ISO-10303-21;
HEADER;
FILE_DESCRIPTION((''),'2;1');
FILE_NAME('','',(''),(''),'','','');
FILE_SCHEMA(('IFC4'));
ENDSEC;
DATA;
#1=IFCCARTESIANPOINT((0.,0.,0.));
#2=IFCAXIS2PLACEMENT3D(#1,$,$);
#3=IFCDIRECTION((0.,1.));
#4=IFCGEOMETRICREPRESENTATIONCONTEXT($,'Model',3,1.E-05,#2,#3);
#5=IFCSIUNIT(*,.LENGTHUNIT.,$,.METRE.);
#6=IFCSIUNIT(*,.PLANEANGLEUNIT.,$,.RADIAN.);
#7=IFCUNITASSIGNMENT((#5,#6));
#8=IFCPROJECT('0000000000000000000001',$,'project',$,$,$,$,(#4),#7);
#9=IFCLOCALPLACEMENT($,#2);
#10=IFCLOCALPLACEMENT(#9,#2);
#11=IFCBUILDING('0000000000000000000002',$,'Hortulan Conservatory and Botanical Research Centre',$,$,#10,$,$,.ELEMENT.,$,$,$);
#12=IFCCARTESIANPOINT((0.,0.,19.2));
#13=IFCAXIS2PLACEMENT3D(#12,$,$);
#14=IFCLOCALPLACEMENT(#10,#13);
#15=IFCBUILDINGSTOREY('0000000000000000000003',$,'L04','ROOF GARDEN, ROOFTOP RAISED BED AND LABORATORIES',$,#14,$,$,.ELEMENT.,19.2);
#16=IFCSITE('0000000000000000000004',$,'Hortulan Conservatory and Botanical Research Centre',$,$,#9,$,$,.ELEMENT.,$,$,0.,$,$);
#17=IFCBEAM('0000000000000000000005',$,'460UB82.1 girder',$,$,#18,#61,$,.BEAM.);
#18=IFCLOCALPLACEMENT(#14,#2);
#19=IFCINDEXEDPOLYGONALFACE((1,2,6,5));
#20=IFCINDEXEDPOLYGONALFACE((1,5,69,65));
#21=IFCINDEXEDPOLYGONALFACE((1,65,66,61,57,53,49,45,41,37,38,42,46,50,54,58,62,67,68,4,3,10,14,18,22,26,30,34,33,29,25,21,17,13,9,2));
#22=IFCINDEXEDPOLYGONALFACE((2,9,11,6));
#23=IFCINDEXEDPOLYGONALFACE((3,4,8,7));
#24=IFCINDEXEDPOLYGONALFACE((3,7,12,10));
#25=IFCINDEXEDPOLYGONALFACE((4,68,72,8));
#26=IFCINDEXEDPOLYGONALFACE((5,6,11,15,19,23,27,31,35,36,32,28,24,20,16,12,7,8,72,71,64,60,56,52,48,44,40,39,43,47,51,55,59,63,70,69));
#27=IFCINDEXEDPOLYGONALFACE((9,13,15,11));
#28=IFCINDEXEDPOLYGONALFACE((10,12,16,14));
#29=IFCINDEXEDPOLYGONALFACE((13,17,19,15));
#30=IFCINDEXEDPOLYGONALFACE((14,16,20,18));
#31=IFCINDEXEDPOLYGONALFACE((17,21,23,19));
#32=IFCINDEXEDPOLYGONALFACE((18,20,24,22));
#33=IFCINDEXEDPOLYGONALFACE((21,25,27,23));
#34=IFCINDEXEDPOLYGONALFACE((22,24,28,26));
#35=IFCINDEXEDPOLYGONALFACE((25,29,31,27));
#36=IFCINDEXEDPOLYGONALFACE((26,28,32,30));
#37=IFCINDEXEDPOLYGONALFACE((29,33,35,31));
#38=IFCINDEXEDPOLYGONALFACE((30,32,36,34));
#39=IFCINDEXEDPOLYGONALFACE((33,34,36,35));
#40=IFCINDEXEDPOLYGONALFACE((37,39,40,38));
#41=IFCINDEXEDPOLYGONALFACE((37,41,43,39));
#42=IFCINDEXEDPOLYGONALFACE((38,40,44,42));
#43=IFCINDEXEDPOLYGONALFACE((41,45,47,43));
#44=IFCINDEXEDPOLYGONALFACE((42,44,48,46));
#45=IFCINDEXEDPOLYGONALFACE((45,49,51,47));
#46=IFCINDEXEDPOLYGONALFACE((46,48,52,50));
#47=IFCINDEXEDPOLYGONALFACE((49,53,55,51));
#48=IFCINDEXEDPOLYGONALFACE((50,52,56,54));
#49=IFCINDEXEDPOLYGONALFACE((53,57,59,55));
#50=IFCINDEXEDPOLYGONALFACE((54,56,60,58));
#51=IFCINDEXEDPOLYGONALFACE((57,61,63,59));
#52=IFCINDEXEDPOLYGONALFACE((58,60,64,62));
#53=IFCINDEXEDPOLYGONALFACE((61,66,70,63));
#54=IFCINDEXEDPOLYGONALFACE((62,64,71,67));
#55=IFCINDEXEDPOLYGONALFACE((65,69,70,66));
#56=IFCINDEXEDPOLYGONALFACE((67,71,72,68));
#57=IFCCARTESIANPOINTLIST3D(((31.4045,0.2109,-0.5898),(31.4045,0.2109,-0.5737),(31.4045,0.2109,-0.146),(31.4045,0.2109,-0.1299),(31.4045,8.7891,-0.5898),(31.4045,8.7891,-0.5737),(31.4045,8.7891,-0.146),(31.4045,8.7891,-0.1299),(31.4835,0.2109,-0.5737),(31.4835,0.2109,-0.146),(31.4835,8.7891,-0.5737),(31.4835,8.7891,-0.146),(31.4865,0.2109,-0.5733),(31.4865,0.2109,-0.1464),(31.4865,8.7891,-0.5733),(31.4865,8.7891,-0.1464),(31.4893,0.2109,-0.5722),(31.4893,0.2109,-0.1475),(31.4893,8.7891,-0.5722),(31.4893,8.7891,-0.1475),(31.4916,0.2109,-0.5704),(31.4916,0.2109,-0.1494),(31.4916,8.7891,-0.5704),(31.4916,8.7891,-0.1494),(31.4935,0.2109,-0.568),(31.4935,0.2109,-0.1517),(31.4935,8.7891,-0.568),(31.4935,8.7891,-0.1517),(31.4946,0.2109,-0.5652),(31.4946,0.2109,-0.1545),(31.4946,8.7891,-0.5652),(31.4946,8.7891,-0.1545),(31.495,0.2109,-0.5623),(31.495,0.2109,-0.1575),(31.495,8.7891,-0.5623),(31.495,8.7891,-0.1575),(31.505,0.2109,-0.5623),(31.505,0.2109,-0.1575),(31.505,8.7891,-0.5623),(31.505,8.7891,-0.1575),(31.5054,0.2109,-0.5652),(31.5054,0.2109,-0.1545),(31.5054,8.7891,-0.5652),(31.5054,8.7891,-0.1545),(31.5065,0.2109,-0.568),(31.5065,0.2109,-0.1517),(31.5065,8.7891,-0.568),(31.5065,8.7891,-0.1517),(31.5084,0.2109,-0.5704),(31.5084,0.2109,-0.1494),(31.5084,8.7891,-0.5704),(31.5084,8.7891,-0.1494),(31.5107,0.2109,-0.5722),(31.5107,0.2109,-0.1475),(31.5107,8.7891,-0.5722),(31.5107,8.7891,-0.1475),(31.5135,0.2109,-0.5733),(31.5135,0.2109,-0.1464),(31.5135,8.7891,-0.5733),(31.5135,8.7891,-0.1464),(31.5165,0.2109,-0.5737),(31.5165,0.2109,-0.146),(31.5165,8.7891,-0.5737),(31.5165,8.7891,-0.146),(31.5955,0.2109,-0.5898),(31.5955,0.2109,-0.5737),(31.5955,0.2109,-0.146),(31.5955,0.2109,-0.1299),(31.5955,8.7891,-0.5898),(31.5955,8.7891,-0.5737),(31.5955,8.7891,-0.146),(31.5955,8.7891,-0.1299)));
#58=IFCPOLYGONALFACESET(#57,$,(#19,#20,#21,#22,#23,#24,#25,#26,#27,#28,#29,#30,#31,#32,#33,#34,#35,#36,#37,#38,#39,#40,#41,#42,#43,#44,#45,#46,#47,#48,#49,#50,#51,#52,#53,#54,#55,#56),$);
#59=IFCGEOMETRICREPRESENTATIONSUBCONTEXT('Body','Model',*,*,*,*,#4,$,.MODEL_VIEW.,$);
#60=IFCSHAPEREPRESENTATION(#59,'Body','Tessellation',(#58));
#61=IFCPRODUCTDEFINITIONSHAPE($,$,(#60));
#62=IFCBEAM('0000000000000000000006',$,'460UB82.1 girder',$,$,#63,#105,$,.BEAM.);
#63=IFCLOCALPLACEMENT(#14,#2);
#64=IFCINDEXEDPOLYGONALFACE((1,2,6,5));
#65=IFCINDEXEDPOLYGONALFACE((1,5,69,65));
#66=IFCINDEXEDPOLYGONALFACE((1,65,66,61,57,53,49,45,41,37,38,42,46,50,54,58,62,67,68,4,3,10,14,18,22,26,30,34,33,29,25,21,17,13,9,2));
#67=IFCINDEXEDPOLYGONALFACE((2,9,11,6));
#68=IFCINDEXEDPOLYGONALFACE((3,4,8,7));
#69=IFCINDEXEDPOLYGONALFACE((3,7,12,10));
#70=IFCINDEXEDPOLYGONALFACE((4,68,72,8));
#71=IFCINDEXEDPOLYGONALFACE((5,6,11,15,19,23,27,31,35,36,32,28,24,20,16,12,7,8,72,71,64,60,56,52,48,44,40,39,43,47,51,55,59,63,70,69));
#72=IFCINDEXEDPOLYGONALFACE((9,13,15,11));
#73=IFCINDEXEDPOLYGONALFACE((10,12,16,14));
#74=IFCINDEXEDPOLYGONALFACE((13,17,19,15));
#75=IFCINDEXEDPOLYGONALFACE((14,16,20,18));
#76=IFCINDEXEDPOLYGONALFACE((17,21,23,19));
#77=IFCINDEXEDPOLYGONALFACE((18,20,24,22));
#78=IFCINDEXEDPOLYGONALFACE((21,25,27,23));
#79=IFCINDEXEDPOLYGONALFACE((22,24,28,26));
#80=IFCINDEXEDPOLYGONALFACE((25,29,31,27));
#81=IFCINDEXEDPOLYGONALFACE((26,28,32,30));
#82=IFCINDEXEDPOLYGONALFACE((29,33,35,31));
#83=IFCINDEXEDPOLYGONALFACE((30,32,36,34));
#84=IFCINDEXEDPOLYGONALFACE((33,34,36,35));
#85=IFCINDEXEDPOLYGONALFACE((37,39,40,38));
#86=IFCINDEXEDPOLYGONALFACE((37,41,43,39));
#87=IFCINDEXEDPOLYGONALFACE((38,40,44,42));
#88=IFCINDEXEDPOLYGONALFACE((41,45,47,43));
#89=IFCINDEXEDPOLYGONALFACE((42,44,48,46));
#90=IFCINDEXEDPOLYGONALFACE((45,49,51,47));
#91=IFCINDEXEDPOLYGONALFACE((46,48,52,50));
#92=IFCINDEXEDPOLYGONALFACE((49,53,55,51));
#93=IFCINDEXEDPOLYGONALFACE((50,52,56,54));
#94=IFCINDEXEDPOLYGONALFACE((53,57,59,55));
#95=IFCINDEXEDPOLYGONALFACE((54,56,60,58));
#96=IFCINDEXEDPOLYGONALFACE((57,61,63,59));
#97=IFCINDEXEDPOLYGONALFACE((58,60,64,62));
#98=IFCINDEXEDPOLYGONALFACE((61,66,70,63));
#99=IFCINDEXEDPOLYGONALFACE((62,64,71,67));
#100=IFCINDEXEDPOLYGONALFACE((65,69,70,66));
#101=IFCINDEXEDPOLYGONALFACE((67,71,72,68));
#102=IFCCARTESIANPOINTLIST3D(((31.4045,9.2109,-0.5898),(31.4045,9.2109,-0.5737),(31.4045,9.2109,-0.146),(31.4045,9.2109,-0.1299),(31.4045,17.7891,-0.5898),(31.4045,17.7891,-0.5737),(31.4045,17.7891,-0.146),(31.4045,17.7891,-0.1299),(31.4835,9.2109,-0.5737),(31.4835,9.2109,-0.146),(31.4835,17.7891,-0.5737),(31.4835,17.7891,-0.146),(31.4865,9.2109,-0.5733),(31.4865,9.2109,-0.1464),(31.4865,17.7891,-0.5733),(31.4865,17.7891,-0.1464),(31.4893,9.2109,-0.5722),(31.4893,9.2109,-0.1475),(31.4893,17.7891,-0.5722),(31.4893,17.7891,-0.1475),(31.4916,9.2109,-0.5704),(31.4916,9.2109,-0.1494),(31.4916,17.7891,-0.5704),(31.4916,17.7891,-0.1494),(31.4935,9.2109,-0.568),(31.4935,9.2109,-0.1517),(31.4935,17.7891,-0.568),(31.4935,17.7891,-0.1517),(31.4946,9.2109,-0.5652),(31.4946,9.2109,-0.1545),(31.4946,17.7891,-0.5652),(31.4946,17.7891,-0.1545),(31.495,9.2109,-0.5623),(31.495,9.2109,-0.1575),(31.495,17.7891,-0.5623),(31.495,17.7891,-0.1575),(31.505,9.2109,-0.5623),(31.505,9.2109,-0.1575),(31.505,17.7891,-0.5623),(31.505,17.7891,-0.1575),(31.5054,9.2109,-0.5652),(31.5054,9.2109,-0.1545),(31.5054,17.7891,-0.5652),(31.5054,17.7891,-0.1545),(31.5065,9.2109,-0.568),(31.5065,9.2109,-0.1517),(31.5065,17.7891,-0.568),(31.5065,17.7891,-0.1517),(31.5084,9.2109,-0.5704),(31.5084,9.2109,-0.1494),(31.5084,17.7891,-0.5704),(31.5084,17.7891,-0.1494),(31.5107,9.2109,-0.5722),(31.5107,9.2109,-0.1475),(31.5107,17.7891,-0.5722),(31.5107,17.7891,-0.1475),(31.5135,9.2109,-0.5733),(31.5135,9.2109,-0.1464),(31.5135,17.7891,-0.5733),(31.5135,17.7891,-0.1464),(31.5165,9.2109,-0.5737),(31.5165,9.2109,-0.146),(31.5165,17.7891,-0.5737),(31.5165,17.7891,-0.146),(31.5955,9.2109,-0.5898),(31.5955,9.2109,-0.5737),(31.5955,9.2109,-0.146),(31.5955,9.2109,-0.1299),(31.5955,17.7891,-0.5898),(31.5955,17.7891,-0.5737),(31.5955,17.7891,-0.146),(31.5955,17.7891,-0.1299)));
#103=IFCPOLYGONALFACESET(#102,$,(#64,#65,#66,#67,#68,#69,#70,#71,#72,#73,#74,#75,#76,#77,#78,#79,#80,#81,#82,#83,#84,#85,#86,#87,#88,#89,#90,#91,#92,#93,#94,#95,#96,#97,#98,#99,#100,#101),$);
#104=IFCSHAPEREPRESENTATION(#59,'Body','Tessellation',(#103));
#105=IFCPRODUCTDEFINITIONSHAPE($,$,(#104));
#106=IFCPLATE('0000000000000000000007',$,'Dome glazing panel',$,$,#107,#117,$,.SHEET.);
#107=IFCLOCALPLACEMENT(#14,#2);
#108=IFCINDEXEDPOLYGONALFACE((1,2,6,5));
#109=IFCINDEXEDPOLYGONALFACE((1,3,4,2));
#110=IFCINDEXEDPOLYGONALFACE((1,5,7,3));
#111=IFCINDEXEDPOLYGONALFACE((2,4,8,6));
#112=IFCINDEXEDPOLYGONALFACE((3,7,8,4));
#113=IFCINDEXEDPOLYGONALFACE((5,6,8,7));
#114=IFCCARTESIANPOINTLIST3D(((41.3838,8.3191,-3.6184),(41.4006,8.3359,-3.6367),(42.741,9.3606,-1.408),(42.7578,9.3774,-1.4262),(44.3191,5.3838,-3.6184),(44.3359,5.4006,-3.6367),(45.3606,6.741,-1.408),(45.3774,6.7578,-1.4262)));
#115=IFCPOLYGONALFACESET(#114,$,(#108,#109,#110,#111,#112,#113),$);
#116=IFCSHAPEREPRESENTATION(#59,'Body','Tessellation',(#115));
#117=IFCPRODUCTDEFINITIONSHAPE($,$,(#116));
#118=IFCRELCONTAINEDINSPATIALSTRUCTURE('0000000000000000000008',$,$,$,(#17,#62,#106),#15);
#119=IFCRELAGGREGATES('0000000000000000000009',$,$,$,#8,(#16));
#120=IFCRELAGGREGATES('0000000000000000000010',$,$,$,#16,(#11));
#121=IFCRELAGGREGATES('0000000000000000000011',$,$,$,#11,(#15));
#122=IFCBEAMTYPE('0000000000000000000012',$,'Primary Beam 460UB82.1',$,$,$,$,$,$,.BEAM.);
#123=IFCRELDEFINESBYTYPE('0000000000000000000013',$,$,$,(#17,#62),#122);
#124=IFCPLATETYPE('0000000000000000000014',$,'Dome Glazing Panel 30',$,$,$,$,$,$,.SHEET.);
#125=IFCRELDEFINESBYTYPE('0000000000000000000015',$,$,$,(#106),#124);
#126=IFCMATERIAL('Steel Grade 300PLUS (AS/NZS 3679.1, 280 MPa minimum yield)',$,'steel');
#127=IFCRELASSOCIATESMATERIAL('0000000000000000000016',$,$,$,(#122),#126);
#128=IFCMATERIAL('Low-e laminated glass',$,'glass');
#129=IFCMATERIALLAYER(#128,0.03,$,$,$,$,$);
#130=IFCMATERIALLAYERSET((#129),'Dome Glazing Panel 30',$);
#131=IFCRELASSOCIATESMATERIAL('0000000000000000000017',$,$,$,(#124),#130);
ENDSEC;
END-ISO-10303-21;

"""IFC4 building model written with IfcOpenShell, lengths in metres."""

from ifc_helpers import new_model, si_unit, direction, frame, origin, origin_2d, place, context, subcontext, project, spatial, polyline, i_section, outline, extrude, material, layer, layer_set, material_profile, profile_set, type_object, element, save


model = new_model("IFC4")

# Units and contexts
model_context = context("Model", 3, precision=1e-05, world=origin(), true_north=direction((0.0, 1.0)))
body_context = subcontext(model_context, "Body", "Model", "MODEL_VIEW")
ifc_project = project(units=[si_unit("LENGTHUNIT", "METRE"), si_unit("PLANEANGLEUNIT", "RADIAN")], contexts=[model_context])

# Site, building, storey
site_placement = place(None, origin())
site = spatial("IfcSite", under=ifc_project, at=site_placement, Name="Hortulan Conservatory and Botanical Research Centre", CompositionType="ELEMENT", RefElevation=0.0)
building_placement = place(site_placement, origin())
building = spatial("IfcBuilding", under=site, at=building_placement, Name="Hortulan Conservatory and Botanical Research Centre", CompositionType="ELEMENT")
storey_placement = place(building_placement, frame((0.0, 0.0, 19.2)))
storey = spatial("IfcBuildingStorey", under=building, at=storey_placement, Name="L04", Description="ROOF GARDEN, ROOFTOP RAISED BED AND LABORATORIES", CompositionType="ELEMENT", Elevation=19.2)

# Beams
ifc_material_1 = material(Name="Steel Grade 300PLUS (AS/NZS 3679.1, 280 MPa minimum yield)", Category="steel")
ifc_material_profile_1 = material_profile(ifc_material_1, i_section(OverallWidth=0.1909, OverallDepth=0.46, WebThickness=0.01, FlangeThickness=0.0161, FilletRadius=0.0115, at=origin_2d()), Name="460UB82.1")
ifc_profile_set_1 = profile_set([ifc_material_profile_1], Name="Steel Grade 300PLUS (AS/NZS 3679.1, 280 MPa minimum yield)")
beam_type_1 = type_object("IfcBeamType", Name="Primary Beam 460UB82.1", PredefinedType="BEAM", material=ifc_profile_set_1)
for number, where, z_axis, x_axis, name in (
    (1, (31.5, 0.2109, -0.3599), (0.0, 1.0, 0.0), (-1.0, 0.0, 0.0), "460UB82.1 girder"),
    (2, (31.5, 9.2109, -0.3599), (0.0, 1.0, 0.0), (-1.0, 0.0, 0.0), "460UB82.1 girder"),
):
    element("IfcBeam", number, at=place(storey_placement, frame(where, z_axis=z_axis, x_axis=x_axis)), inside=storey, type_object=beam_type_1, Name=name, PredefinedType="BEAM", context=body_context, shape_type="SweptSolid", body=[
        extrude(i_section(OverallWidth=0.1909, OverallDepth=0.46, WebThickness=0.01, FlangeThickness=0.0161, FilletRadius=0.0115, at=origin_2d()), origin(), (0.0, 0.0, 1.0), 8.5781),
    ])

# Plate
ifc_material_2 = material(Name="Low-e laminated glass", Category="glass")
ifc_layer_1 = layer(ifc_material_2, 0.03)
ifc_layer_set_1 = layer_set([ifc_layer_1], Name="Dome Glazing Panel 30")
plate_type = type_object("IfcPlateType", Name="Dome Glazing Panel 30", PredefinedType="SHEET", material=ifc_layer_set_1)
plate_placement = place(storey_placement, frame((41.3838, 8.3191, -3.6184), z_axis=(-0.560987, -0.560987, 0.608758), x_axis=(0.707107, -0.707107, 0.0)))
element("IfcPlate", 3, at=plate_placement, inside=storey, type_object=plate_type, Name="Dome glazing panel", PredefinedType="SHEET", context=body_context, shape_type="SweptSolid", body=[
    extrude(outline(polyline([(0.0, 0.0), (4.1511, 0.0), (3.9279, 2.7862), (0.2232, 2.7862), (0.0, 0.0)])), origin(), (0.0, 0.0, -1.0), 0.03),
])

save(model, "model.ifc")
